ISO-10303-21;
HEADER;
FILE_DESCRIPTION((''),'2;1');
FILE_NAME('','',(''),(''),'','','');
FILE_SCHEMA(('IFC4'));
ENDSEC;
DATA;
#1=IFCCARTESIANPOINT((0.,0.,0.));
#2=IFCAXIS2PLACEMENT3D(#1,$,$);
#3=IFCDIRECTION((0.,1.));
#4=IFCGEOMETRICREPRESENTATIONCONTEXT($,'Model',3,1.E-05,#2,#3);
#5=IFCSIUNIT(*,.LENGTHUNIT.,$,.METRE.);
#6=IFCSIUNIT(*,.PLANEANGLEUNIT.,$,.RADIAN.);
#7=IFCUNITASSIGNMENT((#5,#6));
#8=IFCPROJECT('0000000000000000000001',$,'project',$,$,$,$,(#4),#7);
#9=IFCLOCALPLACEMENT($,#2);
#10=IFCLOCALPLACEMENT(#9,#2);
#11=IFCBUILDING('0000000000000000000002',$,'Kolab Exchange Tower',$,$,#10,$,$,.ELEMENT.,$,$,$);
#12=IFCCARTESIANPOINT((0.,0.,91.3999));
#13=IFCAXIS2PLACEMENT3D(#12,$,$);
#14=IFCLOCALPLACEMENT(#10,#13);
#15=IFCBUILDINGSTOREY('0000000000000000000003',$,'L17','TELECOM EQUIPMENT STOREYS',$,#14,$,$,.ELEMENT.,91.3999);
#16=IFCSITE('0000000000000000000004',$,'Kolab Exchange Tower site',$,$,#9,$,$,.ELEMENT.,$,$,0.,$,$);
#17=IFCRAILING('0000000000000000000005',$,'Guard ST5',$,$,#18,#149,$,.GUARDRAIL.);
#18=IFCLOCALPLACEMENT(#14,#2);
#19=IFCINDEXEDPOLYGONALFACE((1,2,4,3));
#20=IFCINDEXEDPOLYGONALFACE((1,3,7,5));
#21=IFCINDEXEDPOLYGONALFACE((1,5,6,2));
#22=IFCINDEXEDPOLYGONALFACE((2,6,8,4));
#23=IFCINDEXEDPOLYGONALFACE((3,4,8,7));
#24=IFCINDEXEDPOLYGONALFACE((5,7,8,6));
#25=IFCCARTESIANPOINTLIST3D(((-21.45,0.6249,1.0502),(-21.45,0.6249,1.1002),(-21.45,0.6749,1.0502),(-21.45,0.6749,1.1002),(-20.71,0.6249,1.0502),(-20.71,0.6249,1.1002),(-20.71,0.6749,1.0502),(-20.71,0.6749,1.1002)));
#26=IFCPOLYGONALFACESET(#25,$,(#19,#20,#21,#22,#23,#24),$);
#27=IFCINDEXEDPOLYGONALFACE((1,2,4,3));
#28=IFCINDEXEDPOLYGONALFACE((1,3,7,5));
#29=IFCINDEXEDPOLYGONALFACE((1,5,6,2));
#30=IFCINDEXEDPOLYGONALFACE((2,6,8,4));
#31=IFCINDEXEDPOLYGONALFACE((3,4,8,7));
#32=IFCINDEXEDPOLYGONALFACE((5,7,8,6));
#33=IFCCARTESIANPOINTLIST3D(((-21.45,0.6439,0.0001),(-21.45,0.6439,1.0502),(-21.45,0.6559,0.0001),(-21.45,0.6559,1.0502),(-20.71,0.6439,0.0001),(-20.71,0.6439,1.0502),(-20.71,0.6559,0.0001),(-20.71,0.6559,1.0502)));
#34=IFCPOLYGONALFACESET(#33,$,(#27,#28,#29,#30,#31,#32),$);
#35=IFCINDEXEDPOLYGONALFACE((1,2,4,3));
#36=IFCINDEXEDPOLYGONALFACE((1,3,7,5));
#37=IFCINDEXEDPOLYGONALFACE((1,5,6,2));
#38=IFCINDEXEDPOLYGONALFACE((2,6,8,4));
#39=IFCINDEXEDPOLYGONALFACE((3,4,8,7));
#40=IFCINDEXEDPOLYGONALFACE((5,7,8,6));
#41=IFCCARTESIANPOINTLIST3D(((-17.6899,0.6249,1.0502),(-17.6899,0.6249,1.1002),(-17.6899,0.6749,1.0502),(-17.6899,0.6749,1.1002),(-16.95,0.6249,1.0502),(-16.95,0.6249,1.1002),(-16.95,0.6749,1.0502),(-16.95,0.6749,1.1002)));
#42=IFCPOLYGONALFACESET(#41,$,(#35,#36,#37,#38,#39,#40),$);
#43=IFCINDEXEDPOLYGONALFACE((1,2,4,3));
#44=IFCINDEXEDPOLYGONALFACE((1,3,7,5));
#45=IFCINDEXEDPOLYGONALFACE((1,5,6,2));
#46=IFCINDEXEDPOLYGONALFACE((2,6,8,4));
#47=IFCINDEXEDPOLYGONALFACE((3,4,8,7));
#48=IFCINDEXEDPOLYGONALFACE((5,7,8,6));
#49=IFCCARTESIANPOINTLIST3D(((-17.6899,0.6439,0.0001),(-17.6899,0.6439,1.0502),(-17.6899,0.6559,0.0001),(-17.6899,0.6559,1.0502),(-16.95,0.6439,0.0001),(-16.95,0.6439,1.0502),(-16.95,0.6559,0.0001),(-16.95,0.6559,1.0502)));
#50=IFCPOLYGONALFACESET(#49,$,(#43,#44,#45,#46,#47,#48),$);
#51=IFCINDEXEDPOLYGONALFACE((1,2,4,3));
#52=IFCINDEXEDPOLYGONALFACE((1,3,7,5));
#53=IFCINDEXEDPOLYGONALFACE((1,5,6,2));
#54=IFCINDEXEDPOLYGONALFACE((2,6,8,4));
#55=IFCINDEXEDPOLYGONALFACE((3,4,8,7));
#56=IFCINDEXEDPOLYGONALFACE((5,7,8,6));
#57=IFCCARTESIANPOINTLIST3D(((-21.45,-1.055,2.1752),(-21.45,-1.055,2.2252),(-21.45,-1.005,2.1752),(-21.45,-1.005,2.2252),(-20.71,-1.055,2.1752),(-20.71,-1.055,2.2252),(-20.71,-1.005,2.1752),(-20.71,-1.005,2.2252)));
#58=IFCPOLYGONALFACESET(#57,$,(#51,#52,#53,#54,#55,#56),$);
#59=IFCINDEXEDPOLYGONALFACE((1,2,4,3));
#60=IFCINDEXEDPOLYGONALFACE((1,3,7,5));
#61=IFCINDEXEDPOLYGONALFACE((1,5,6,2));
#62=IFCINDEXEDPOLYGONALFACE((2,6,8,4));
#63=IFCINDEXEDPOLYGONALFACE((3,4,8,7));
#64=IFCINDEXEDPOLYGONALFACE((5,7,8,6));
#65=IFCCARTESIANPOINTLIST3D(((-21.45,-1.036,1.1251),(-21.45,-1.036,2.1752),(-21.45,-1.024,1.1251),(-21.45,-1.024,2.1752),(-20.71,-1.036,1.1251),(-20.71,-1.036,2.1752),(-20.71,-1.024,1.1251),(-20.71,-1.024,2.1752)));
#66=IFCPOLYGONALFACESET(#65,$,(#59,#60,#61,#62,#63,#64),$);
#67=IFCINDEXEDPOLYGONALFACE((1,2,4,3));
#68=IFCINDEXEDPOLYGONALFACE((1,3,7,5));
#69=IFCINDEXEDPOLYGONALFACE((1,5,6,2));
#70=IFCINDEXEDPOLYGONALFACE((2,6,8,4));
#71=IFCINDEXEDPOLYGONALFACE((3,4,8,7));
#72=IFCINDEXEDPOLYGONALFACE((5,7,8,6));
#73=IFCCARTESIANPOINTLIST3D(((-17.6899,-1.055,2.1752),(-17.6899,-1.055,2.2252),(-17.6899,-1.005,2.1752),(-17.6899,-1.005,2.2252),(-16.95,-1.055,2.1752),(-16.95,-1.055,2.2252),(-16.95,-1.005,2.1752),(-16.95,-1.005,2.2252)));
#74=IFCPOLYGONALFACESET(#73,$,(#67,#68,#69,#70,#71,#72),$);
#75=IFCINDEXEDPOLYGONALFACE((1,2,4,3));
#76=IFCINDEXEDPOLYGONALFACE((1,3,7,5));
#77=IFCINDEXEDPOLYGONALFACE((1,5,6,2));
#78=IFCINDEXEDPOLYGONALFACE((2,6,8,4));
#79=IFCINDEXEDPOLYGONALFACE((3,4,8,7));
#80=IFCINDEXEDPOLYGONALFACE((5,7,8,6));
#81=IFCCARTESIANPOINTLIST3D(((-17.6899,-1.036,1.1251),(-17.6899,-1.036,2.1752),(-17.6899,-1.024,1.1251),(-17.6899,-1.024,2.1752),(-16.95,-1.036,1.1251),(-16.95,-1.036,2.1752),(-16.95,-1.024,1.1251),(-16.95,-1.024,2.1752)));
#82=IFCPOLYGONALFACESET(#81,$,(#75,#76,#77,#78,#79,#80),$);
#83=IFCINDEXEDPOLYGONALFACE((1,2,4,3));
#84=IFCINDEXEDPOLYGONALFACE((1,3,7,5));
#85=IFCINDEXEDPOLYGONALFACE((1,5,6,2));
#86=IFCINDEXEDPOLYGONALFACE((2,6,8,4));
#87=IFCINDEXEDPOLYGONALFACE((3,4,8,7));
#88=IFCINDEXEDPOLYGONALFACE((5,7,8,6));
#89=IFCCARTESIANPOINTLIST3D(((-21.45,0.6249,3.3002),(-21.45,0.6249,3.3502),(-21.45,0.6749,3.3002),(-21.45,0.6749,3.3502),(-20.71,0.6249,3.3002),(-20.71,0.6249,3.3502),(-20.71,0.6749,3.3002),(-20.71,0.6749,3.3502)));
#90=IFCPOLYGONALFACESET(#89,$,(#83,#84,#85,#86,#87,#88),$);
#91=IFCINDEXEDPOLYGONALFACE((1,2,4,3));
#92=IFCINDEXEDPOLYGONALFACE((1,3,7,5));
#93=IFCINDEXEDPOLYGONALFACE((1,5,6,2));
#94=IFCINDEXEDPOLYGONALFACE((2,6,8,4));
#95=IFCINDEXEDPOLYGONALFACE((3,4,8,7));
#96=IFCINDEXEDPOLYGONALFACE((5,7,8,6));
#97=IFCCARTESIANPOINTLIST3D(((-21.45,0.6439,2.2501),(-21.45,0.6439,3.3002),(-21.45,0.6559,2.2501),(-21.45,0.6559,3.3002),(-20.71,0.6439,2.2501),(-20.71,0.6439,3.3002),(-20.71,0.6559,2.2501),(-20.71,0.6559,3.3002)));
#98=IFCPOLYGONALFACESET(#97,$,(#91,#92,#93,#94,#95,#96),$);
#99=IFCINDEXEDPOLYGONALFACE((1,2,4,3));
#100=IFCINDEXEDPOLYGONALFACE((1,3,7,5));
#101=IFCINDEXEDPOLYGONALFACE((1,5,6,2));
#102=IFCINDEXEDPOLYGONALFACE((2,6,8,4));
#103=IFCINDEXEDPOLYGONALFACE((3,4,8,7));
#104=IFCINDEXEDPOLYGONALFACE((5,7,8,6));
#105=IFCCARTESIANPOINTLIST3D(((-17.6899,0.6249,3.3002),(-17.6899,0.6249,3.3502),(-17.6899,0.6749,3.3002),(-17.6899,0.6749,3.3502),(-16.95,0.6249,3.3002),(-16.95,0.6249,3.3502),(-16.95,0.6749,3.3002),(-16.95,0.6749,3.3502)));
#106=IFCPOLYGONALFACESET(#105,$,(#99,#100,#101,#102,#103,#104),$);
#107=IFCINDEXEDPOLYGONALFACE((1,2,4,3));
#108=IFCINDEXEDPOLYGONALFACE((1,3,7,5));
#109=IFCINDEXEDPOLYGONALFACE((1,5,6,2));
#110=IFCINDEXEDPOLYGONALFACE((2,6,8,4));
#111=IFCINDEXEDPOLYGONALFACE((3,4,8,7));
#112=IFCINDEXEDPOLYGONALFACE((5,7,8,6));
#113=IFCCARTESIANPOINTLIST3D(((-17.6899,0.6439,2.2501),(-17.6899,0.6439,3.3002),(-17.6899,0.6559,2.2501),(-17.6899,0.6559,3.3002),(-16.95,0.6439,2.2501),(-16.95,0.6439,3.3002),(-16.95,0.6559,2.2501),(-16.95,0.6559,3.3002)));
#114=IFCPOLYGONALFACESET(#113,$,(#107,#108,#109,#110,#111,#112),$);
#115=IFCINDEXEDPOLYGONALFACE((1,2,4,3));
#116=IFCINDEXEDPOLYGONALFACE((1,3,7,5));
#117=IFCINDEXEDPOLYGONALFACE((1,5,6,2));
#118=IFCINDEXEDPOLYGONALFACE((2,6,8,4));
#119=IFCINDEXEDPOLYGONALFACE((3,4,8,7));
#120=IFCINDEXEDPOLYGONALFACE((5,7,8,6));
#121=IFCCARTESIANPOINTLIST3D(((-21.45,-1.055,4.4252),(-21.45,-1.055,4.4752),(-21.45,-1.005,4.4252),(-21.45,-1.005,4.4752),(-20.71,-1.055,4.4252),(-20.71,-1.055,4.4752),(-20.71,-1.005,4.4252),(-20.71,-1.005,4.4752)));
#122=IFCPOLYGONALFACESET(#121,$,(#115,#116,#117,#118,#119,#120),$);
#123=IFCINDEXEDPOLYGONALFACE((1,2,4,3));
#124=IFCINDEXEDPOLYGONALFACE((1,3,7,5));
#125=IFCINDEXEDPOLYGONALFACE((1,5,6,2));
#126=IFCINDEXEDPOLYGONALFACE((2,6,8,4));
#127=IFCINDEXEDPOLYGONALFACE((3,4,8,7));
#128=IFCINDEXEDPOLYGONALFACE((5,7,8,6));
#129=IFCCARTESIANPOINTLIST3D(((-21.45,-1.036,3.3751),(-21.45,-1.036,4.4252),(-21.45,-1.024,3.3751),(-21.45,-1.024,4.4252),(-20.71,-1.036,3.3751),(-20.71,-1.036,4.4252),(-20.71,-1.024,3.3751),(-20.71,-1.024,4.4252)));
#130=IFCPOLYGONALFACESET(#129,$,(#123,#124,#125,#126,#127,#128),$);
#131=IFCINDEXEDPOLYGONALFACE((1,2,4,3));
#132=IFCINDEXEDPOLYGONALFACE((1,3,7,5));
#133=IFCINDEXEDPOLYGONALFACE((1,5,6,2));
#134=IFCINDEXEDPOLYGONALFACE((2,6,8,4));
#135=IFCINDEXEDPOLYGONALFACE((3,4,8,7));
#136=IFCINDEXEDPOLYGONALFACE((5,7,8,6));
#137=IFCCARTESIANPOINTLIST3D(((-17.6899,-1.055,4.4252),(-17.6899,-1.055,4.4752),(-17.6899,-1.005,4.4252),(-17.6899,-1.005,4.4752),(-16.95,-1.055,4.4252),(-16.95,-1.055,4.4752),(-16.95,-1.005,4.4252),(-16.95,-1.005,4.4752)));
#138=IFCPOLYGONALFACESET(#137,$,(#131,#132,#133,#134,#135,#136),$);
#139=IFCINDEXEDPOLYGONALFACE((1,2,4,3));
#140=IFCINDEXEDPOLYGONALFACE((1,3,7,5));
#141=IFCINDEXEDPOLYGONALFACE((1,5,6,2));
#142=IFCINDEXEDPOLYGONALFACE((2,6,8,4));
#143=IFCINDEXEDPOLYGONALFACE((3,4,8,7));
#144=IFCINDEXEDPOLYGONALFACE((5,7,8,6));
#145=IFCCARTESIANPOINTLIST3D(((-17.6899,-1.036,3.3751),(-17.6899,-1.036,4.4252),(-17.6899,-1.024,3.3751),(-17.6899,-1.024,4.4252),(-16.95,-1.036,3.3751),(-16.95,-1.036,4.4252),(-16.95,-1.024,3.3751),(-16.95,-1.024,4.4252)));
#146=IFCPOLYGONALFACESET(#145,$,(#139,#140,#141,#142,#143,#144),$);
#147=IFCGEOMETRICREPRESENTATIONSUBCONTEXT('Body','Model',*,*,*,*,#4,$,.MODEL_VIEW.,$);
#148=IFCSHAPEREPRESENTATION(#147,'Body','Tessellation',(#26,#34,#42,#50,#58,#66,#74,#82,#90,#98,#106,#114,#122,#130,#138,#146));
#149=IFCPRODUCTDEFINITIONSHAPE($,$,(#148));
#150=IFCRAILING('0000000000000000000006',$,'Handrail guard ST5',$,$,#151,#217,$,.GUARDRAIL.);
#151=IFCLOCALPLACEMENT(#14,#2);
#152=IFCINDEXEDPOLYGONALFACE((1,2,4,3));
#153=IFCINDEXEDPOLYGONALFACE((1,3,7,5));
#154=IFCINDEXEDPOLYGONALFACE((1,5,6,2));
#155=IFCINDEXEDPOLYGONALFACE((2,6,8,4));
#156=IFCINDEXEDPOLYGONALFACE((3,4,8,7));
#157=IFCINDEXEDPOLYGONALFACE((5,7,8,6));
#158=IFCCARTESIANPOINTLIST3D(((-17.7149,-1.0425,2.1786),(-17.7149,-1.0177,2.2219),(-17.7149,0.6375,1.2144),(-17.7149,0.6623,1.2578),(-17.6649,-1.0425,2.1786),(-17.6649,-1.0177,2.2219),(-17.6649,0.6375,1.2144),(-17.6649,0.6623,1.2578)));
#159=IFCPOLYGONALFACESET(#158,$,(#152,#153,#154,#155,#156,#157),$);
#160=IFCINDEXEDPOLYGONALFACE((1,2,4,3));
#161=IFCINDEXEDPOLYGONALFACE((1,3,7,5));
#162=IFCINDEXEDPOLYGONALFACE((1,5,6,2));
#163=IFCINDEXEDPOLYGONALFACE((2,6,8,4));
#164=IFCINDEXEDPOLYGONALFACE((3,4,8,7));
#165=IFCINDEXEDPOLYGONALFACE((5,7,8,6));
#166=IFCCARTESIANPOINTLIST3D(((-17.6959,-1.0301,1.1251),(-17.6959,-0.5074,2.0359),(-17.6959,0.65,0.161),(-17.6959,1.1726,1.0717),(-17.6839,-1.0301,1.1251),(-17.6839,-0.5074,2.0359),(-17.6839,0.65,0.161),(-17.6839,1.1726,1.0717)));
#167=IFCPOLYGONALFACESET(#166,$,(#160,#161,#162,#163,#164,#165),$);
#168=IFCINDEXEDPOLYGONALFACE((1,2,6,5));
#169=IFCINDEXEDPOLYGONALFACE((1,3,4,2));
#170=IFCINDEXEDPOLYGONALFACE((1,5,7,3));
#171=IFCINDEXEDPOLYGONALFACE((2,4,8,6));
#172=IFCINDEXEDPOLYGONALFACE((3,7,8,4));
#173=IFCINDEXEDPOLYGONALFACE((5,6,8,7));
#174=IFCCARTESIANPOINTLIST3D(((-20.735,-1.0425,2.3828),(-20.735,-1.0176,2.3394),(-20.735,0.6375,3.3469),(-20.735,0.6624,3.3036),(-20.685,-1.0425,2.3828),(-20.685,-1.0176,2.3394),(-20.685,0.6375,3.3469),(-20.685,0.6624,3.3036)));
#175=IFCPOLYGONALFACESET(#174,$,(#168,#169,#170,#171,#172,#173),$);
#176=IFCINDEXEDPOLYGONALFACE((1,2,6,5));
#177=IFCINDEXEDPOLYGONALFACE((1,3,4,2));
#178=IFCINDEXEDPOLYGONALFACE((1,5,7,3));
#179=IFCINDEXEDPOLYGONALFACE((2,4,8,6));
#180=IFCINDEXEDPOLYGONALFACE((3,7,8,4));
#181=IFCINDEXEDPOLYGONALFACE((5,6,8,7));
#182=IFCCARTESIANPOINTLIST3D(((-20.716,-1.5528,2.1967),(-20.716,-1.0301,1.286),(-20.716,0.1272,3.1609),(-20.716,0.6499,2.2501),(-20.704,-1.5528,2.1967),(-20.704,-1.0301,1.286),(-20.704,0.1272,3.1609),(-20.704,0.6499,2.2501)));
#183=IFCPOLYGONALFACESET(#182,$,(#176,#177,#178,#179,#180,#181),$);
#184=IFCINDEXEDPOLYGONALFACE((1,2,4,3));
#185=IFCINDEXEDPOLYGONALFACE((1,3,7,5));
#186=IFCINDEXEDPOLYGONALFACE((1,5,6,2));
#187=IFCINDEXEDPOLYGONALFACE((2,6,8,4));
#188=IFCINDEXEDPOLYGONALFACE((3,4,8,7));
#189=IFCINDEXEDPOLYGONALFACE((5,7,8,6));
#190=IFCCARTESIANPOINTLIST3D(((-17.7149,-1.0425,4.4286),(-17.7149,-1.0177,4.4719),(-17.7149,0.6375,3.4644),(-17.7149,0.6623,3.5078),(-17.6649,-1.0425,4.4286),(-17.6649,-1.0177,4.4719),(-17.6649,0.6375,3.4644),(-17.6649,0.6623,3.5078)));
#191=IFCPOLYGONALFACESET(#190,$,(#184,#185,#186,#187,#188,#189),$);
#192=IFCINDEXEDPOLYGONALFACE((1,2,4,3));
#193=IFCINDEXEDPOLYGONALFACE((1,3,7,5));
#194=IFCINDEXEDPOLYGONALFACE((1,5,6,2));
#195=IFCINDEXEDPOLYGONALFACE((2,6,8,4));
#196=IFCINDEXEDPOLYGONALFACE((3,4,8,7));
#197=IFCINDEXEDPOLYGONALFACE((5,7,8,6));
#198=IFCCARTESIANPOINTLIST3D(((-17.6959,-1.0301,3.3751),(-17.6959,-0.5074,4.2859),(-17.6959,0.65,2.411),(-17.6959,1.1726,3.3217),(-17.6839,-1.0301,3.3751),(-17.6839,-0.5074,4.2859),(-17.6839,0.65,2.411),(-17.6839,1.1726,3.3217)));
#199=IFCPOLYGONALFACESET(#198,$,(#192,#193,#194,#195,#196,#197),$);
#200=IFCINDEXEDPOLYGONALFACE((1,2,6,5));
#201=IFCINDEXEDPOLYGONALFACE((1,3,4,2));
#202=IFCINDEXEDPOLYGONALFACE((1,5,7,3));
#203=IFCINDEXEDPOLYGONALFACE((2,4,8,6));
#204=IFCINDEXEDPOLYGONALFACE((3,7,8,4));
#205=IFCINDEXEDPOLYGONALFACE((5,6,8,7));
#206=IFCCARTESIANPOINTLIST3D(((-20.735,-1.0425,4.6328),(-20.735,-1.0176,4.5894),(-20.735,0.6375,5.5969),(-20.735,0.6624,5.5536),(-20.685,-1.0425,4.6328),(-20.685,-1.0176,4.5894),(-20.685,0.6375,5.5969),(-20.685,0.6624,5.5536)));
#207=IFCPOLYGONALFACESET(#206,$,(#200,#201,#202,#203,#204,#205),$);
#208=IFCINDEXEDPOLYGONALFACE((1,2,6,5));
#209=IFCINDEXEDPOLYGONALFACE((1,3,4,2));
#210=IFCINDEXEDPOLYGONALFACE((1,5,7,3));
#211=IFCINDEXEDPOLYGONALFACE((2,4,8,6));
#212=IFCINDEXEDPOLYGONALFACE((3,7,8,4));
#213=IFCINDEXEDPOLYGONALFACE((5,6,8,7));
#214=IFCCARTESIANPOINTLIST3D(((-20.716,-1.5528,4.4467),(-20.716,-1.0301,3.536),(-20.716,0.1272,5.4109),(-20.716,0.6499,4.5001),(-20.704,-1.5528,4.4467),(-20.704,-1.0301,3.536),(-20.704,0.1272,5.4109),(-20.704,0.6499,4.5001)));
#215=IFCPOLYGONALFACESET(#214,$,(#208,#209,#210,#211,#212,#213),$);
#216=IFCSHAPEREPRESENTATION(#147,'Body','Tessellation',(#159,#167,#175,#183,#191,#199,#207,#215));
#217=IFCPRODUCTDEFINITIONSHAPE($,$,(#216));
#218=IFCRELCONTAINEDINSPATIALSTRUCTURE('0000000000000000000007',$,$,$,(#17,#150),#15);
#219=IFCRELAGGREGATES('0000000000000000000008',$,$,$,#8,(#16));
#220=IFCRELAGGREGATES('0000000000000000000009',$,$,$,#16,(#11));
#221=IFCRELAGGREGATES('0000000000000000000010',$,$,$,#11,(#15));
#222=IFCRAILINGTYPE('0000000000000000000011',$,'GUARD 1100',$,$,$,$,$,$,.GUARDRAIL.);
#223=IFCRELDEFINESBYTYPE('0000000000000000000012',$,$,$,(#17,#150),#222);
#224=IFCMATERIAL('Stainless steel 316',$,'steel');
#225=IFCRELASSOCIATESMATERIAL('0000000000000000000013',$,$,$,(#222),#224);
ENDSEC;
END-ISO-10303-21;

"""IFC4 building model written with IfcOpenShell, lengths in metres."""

from ifc_helpers import new_model, si_unit, direction, frame, frame_2d, origin, origin_2d, place, context, subcontext, project, spatial, rectangle, extrude, material, type_object, element, save


model = new_model("IFC4")

# Units and contexts
model_context = context("Model", 3, precision=1e-05, world=origin(), true_north=direction((0.0, 1.0)))
body_context = subcontext(model_context, "Body", "Model", "MODEL_VIEW")
ifc_project = project(units=[si_unit("LENGTHUNIT", "METRE"), si_unit("PLANEANGLEUNIT", "RADIAN")], contexts=[model_context])

# Site, building, storey
site_placement = place(None, origin())
site = spatial("IfcSite", under=ifc_project, at=site_placement, Name="Kolab Exchange Tower site", CompositionType="ELEMENT", RefElevation=0.0)
building_placement = place(site_placement, origin())
building = spatial("IfcBuilding", under=site, at=building_placement, Name="Kolab Exchange Tower", CompositionType="ELEMENT")
storey_placement = place(building_placement, frame((0.0, 0.0, 91.3999)))
storey = spatial("IfcBuildingStorey", under=building, at=storey_placement, Name="L17", Description="TELECOM EQUIPMENT STOREYS", CompositionType="ELEMENT", Elevation=91.3999)

# Railings
ifc_material_1 = material(Name="Stainless steel 316", Category="steel")
railing_type = type_object("IfcRailingType", Name="GUARD 1100", PredefinedType="GUARDRAIL", material=ifc_material_1)
railing_1_placement = place(storey_placement, frame((-21.45, 0.6499, 0.0)))
element("IfcRailing", 1, at=railing_1_placement, inside=storey, type_object=railing_type, Name="Guard ST5", PredefinedType="GUARDRAIL", context=body_context, shape_type="SweptSolid", body=[
    extrude(rectangle(XDim=0.05, YDim=0.05, at=origin_2d()), frame((0.0, 0.0, 1.0752), z_axis=(1.0, 0.0, 0.0), x_axis=(0.0, 1.0, 0.0)), (0.0, 0.0, 1.0), 0.74),
    extrude(rectangle(XDim=0.012, YDim=1.0501, at=frame_2d((0.0, 0.5251))), frame((0.0, 0.0, 0.0), z_axis=(1.0, 0.0, 0.0), x_axis=(0.0, 1.0, 0.0)), (0.0, 0.0, 1.0), 0.74),
    extrude(rectangle(XDim=0.05, YDim=0.05, at=origin_2d()), frame((3.76, 0.0, 1.0752), z_axis=(1.0, 0.0, 0.0), x_axis=(0.0, 1.0, 0.0)), (0.0, 0.0, 1.0), 0.74),
    extrude(rectangle(XDim=0.012, YDim=1.0501, at=frame_2d((0.0, 0.5251))), frame((3.76, 0.0, 0.0), z_axis=(1.0, 0.0, 0.0), x_axis=(0.0, 1.0, 0.0)), (0.0, 0.0, 1.0), 0.74),
    extrude(rectangle(XDim=0.05, YDim=0.05, at=origin_2d()), frame((0.0, -1.6799, 2.2002), z_axis=(1.0, 0.0, 0.0), x_axis=(0.0, 1.0, 0.0)), (0.0, 0.0, 1.0), 0.74),
    extrude(rectangle(XDim=0.012, YDim=1.0501, at=frame_2d((0.0, 0.5251))), frame((0.0, -1.6799, 1.125), z_axis=(1.0, 0.0, 0.0), x_axis=(0.0, 1.0, 0.0)), (0.0, 0.0, 1.0), 0.74),
    extrude(rectangle(XDim=0.05, YDim=0.05, at=origin_2d()), frame((3.76, -1.6799, 2.2002), z_axis=(1.0, 0.0, 0.0), x_axis=(0.0, 1.0, 0.0)), (0.0, 0.0, 1.0), 0.74),
    extrude(rectangle(XDim=0.012, YDim=1.0501, at=frame_2d((0.0, 0.5251))), frame((3.76, -1.6799, 1.125), z_axis=(1.0, 0.0, 0.0), x_axis=(0.0, 1.0, 0.0)), (0.0, 0.0, 1.0), 0.74),
    extrude(rectangle(XDim=0.05, YDim=0.05, at=origin_2d()), frame((0.0, 0.0, 3.3252), z_axis=(1.0, 0.0, 0.0), x_axis=(0.0, 1.0, 0.0)), (0.0, 0.0, 1.0), 0.74),
    extrude(rectangle(XDim=0.012, YDim=1.0501, at=frame_2d((0.0, 0.5251))), frame((0.0, 0.0, 2.25), z_axis=(1.0, 0.0, 0.0), x_axis=(0.0, 1.0, 0.0)), (0.0, 0.0, 1.0), 0.74),
    extrude(rectangle(XDim=0.05, YDim=0.05, at=origin_2d()), frame((3.76, 0.0, 3.3252), z_axis=(1.0, 0.0, 0.0), x_axis=(0.0, 1.0, 0.0)), (0.0, 0.0, 1.0), 0.74),
    extrude(rectangle(XDim=0.012, YDim=1.0501, at=frame_2d((0.0, 0.5251))), frame((3.76, 0.0, 2.25), z_axis=(1.0, 0.0, 0.0), x_axis=(0.0, 1.0, 0.0)), (0.0, 0.0, 1.0), 0.74),
    extrude(rectangle(XDim=0.05, YDim=0.05, at=origin_2d()), frame((0.0, -1.6799, 4.4502), z_axis=(1.0, 0.0, 0.0), x_axis=(0.0, 1.0, 0.0)), (0.0, 0.0, 1.0), 0.74),
    extrude(rectangle(XDim=0.012, YDim=1.0501, at=frame_2d((0.0, 0.5251))), frame((0.0, -1.6799, 3.375), z_axis=(1.0, 0.0, 0.0), x_axis=(0.0, 1.0, 0.0)), (0.0, 0.0, 1.0), 0.74),
    extrude(rectangle(XDim=0.05, YDim=0.05, at=origin_2d()), frame((3.76, -1.6799, 4.4502), z_axis=(1.0, 0.0, 0.0), x_axis=(0.0, 1.0, 0.0)), (0.0, 0.0, 1.0), 0.74),
    extrude(rectangle(XDim=0.012, YDim=1.0501, at=frame_2d((0.0, 0.5251))), frame((3.76, -1.6799, 3.375), z_axis=(1.0, 0.0, 0.0), x_axis=(0.0, 1.0, 0.0)), (0.0, 0.0, 1.0), 0.74),
])
railing_2_placement = place(storey_placement, frame((-17.6899, 0.6499, 0.1609)))
element("IfcRailing", 2, at=railing_2_placement, inside=storey, type_object=railing_type, Name="Handrail guard ST5", PredefinedType="GUARDRAIL", context=body_context, shape_type="SweptSolid", body=[
    extrude(rectangle(XDim=0.05, YDim=0.05, at=origin_2d()), frame((0.0, 0.0, 1.0752), z_axis=(0.0, -0.867319, 0.497753), x_axis=(1.0, 0.0, 0.0)), (0.0, 0.0, 1.0), 1.937),
    extrude(rectangle(XDim=0.012, YDim=1.0501, at=frame_2d((0.0, 0.5251))), frame((0.0, 0.0, 0.0), z_axis=(0.0, -0.867319, 0.497753), x_axis=(1.0, 0.0, 0.0)), (0.0, 0.0, 1.0), 1.937),
    extrude(rectangle(XDim=0.05, YDim=0.05, at=origin_2d()), frame((-3.02, -1.6799, 2.2002), z_axis=(0.0, 0.867319, 0.497753), x_axis=(-1.0, 0.0, 0.0)), (0.0, 0.0, 1.0), 1.937),
    extrude(rectangle(XDim=0.012, YDim=1.0501, at=frame_2d((0.0, 0.5251))), frame((-3.02, -1.6799, 1.125), z_axis=(0.0, 0.867319, 0.497753), x_axis=(-1.0, 0.0, 0.0)), (0.0, 0.0, 1.0), 1.937),
    extrude(rectangle(XDim=0.05, YDim=0.05, at=origin_2d()), frame((0.0, 0.0, 3.3252), z_axis=(0.0, -0.867319, 0.497753), x_axis=(1.0, 0.0, 0.0)), (0.0, 0.0, 1.0), 1.937),
    extrude(rectangle(XDim=0.012, YDim=1.0501, at=frame_2d((0.0, 0.5251))), frame((0.0, 0.0, 2.25), z_axis=(0.0, -0.867319, 0.497753), x_axis=(1.0, 0.0, 0.0)), (0.0, 0.0, 1.0), 1.937),
    extrude(rectangle(XDim=0.05, YDim=0.05, at=origin_2d()), frame((-3.02, -1.6799, 4.4502), z_axis=(0.0, 0.867319, 0.497753), x_axis=(-1.0, 0.0, 0.0)), (0.0, 0.0, 1.0), 1.937),
    extrude(rectangle(XDim=0.012, YDim=1.0501, at=frame_2d((0.0, 0.5251))), frame((-3.02, -1.6799, 3.375), z_axis=(0.0, 0.867319, 0.497753), x_axis=(-1.0, 0.0, 0.0)), (0.0, 0.0, 1.0), 1.937),
])

save(model, "model.ifc")
